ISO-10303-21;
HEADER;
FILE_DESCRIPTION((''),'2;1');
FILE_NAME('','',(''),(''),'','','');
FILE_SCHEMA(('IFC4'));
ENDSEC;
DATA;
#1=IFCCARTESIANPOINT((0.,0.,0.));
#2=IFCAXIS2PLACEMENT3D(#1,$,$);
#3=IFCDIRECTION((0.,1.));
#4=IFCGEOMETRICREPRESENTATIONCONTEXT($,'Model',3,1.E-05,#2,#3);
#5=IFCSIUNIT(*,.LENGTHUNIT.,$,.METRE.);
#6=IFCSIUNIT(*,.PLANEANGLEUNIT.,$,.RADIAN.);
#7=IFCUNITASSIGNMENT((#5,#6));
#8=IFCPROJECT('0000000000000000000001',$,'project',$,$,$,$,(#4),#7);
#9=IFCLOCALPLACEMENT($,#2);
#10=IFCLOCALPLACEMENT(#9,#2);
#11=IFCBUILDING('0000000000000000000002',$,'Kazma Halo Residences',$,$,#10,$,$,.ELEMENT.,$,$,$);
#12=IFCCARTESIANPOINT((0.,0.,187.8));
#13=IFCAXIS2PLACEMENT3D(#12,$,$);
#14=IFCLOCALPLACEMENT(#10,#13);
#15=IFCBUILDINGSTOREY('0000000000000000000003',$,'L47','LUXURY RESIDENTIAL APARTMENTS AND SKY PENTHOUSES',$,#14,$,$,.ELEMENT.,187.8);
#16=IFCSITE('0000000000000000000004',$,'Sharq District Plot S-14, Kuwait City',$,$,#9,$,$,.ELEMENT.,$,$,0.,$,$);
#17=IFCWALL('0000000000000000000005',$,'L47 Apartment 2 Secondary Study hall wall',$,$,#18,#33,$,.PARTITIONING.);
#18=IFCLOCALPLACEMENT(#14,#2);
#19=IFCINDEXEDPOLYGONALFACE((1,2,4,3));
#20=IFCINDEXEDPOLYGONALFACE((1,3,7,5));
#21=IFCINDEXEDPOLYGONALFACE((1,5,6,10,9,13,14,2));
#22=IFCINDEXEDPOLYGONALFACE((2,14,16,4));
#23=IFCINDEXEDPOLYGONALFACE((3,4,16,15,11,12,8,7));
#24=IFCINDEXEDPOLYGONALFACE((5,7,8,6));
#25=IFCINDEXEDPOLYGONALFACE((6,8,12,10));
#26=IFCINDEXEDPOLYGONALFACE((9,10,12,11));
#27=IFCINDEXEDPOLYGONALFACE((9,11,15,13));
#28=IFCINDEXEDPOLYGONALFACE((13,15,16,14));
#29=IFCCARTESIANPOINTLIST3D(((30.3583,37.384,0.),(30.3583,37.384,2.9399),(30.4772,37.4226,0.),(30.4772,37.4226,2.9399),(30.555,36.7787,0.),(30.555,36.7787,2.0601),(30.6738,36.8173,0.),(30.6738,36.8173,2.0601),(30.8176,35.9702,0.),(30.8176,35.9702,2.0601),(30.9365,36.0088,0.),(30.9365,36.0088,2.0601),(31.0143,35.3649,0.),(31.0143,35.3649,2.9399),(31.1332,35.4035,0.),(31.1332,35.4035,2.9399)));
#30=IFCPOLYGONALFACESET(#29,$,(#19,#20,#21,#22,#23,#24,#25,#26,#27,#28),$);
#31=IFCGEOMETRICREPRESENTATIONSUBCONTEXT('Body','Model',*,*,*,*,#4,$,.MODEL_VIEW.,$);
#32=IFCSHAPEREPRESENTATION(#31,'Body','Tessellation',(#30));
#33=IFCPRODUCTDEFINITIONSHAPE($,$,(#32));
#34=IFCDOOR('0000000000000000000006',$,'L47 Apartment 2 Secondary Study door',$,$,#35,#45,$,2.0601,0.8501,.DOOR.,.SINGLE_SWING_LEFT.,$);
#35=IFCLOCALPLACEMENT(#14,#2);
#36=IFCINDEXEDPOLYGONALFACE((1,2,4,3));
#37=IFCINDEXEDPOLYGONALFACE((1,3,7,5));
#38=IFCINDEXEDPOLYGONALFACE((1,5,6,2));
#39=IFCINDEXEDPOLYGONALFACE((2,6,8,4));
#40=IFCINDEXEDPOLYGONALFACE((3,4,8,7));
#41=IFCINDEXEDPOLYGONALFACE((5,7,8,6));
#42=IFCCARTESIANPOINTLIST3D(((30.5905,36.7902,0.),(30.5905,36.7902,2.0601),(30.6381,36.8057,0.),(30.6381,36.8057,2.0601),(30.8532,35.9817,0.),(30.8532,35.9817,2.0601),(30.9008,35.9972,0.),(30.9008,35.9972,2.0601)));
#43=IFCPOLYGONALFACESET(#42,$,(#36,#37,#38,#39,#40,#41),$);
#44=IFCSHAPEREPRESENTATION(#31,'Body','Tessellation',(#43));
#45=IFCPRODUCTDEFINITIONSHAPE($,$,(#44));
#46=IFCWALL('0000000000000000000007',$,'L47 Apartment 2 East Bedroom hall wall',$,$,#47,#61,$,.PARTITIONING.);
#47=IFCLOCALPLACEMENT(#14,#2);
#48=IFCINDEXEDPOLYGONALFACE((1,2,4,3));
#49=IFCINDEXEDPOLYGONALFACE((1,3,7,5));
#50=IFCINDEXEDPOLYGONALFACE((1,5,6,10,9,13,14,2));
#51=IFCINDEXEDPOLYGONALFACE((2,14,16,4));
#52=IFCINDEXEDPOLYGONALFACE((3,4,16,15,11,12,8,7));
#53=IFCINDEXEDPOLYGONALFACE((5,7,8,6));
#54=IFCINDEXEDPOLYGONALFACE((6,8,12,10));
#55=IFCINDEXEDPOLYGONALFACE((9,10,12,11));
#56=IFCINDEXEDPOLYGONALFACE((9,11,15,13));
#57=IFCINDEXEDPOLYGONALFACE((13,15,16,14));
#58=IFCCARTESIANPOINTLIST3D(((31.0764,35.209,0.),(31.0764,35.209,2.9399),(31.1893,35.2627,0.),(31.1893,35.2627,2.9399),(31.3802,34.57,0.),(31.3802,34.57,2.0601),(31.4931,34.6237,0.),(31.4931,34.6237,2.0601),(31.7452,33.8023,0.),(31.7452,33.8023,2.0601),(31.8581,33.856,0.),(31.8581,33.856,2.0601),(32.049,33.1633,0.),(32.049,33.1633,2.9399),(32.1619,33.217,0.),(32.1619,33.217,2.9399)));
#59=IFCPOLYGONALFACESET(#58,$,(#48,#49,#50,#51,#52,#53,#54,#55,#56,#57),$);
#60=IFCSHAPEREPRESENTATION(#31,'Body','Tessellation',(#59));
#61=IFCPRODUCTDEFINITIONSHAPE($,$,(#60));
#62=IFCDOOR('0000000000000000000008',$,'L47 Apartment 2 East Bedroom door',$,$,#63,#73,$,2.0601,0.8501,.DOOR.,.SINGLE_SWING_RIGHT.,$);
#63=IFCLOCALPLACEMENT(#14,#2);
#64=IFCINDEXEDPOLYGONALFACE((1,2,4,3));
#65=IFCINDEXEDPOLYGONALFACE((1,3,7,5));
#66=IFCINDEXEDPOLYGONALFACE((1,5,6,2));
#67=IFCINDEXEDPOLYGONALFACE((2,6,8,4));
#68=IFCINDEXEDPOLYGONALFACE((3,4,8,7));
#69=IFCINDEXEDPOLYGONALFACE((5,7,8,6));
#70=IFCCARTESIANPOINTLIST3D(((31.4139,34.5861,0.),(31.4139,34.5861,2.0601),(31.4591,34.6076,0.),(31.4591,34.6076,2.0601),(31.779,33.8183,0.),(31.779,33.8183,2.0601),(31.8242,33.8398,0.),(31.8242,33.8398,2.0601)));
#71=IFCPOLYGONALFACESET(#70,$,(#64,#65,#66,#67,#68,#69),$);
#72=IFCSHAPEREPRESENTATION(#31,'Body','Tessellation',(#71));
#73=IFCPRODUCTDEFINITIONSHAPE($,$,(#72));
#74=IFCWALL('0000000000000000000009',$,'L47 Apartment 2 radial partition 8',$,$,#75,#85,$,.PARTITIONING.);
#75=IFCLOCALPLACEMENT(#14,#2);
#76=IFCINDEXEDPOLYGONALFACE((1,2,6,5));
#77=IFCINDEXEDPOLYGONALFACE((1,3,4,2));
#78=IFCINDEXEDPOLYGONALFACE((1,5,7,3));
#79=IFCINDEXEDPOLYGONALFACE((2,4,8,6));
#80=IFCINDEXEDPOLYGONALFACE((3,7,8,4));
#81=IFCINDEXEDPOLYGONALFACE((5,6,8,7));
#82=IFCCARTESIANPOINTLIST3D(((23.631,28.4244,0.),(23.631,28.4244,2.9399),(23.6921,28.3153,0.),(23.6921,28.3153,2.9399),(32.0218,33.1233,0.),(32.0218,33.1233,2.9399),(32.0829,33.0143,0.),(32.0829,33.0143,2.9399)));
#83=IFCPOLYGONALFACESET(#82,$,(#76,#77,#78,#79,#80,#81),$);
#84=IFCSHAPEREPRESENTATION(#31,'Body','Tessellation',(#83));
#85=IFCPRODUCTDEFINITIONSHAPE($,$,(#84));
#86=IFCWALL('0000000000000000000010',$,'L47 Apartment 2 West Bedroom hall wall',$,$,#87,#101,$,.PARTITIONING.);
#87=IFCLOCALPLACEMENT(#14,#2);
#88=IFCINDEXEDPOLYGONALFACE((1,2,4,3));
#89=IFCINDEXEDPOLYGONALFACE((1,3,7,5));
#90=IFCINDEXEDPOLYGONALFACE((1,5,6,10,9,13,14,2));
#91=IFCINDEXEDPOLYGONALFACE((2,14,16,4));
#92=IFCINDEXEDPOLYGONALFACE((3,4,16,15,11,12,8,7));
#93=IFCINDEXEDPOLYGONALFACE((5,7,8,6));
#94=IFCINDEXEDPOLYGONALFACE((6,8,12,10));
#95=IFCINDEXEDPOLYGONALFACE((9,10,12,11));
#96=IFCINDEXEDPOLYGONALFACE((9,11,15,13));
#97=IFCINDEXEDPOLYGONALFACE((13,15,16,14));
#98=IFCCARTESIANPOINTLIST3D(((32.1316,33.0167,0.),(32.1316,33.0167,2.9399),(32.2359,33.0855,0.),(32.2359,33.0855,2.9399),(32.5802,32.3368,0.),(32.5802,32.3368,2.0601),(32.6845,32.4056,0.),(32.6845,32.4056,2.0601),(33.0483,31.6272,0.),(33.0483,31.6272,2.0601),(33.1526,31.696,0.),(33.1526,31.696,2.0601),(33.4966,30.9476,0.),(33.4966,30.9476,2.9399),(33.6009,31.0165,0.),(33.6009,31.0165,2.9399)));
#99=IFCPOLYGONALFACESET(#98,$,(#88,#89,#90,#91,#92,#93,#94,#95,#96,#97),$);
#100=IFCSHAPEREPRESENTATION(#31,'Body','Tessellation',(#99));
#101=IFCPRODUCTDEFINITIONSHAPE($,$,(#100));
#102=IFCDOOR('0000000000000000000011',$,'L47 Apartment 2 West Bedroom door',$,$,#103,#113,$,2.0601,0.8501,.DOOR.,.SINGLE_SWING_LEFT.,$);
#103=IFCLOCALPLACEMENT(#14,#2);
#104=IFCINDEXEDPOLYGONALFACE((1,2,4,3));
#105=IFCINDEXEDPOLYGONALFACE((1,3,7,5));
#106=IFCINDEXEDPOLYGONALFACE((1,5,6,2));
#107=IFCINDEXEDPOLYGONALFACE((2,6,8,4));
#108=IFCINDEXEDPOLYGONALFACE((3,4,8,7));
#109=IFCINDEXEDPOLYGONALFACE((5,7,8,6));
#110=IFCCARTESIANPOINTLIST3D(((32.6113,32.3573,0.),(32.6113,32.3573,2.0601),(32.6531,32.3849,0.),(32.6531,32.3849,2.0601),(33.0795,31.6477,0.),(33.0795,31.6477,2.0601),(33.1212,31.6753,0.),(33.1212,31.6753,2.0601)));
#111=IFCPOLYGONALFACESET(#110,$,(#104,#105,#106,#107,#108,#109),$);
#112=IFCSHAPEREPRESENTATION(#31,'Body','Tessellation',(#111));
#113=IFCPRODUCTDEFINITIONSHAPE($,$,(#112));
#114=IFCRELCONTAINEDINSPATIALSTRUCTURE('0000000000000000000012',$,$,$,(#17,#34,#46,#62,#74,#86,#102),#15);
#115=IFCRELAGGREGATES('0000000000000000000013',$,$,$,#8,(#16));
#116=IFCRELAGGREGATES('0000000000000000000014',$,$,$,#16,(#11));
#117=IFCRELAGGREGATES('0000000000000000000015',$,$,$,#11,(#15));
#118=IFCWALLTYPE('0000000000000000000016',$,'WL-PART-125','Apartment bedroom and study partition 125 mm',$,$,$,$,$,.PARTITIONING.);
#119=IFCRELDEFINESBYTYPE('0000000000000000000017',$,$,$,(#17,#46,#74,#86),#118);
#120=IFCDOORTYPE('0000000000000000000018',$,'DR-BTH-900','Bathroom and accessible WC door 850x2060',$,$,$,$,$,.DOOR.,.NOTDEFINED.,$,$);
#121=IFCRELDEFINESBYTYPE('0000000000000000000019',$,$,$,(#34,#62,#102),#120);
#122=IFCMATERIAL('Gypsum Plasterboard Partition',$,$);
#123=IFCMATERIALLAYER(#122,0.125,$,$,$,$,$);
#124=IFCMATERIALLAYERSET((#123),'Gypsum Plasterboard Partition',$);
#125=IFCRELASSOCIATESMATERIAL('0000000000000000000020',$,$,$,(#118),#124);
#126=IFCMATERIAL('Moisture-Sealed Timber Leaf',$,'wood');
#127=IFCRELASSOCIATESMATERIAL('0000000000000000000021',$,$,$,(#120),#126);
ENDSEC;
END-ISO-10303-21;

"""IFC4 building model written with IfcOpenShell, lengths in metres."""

from ifc_helpers import new_model, si_unit, direction, frame, frame_2d, origin, place, context, subcontext, project, spatial, rectangle, extrude, material, layer, layer_set, type_object, element, fill, save


model = new_model("IFC4")

# Units and contexts
model_context = context("Model", 3, precision=1e-05, world=origin(), true_north=direction((0.0, 1.0)))
body_context = subcontext(model_context, "Body", "Model", "MODEL_VIEW")
ifc_project = project(units=[si_unit("LENGTHUNIT", "METRE"), si_unit("PLANEANGLEUNIT", "RADIAN")], contexts=[model_context])

# Site, building, storey
site_placement = place(None, origin())
site = spatial("IfcSite", under=ifc_project, at=site_placement, Name="Sharq District Plot S-14, Kuwait City", CompositionType="ELEMENT", RefElevation=0.0)
building_placement = place(site_placement, origin())
building = spatial("IfcBuilding", under=site, at=building_placement, Name="Kazma Halo Residences", CompositionType="ELEMENT")
storey_placement = place(building_placement, frame((0.0, 0.0, 187.8)))
storey = spatial("IfcBuildingStorey", under=building, at=storey_placement, Name="L47", Description="LUXURY RESIDENTIAL APARTMENTS AND SKY PENTHOUSES", CompositionType="ELEMENT", Elevation=187.8)

# Shared definitions
ifc_material_1 = material(Name="Gypsum Plasterboard Partition")
ifc_layer_1 = layer(ifc_material_1, 0.125)
ifc_layer_set_1 = layer_set([ifc_layer_1], Name="Gypsum Plasterboard Partition")
wall_type_1 = type_object("IfcWallType", Name="WL-PART-125", Description="Apartment bedroom and study partition 125 mm", PredefinedType="PARTITIONING", material=ifc_layer_set_1)

# Walls, openings, doors
ifc_material_2 = material(Name="Moisture-Sealed Timber Leaf", Category="wood")
door_type = type_object("IfcDoorType", Name="DR-BTH-900", Description="Bathroom and accessible WC door 850x2060", OperationType="NOTDEFINED", PredefinedType="DOOR", material=ifc_material_2)
wall_1_placement = place(storey_placement, frame((30.4177, 37.4033, 0.0), z_axis=(0.0, 0.0, 1.0), x_axis=(0.309008, -0.951059, 0.0)))
wall_1 = element("IfcWall", 1, at=wall_1_placement, inside=storey, type_object=wall_type_1, Name="L47 Apartment 2 Secondary Study hall wall", PredefinedType="PARTITIONING", context=body_context, shape_type="SweptSolid", body=[
    extrude(rectangle(XDim=2.123, YDim=0.125, at=frame_2d((1.0615, 0.0))), origin(), (0.0, 0.0, 1.0), 2.9399),
])
opening_1_placement = place(wall_1_placement, frame((0.6365, 0.0, 0.0)))
opening_1 = element("IfcOpeningElement", 2, at=opening_1_placement, cuts=wall_1, PredefinedType="OPENING", context=body_context, shape_type="SweptSolid", body=[
    extrude(rectangle(XDim=0.8501, YDim=2.0601, at=frame_2d((0.425, 1.03))), frame((0.0, 0.0725, 0.0), z_axis=(0.0, -1.0, 0.0), x_axis=(1.0, 0.0, 0.0)), (0.0, 0.0, 1.0), 0.145),
])
door_1_placement = place(opening_1_placement, origin())
door_1 = element("IfcDoor", 3, at=door_1_placement, inside=storey, type_object=door_type, Name="L47 Apartment 2 Secondary Study door", OperationType="SINGLE_SWING_LEFT", OverallHeight=2.0601, OverallWidth=0.8501, PredefinedType="DOOR", context=body_context, shape_type="SweptSolid", body=[
    extrude(rectangle(XDim=0.8501, YDim=2.0601, at=frame_2d((0.425, 1.03))), frame((0.0, 0.0249, 0.0), z_axis=(0.0, -1.0, 0.0), x_axis=(1.0, 0.0, 0.0)), (0.0, 0.0, 1.0), 0.05),
])
fill(opening_1, door_1)
wall_2_placement = place(storey_placement, frame((31.1328, 35.2358, 0.0), z_axis=(0.0, 0.0, 1.0), x_axis=(0.429406, -0.903111, 0.0)))
wall_2 = element("IfcWall", 4, at=wall_2_placement, inside=storey, type_object=wall_type_1, Name="L47 Apartment 2 East Bedroom hall wall", PredefinedType="PARTITIONING", context=body_context, shape_type="SweptSolid", body=[
    extrude(rectangle(XDim=2.2651, YDim=0.125, at=frame_2d((1.1326, 0.0))), origin(), (0.0, 0.0, 1.0), 2.9399),
])
opening_2_placement = place(wall_2_placement, frame((0.7075, 0.0, 0.0)))
opening_2 = element("IfcOpeningElement", 5, at=opening_2_placement, cuts=wall_2, PredefinedType="OPENING", context=body_context, shape_type="SweptSolid", body=[
    extrude(rectangle(XDim=0.8501, YDim=2.0601, at=frame_2d((0.425, 1.03))), frame((0.0, 0.0725, 0.0), z_axis=(0.0, -1.0, 0.0), x_axis=(1.0, 0.0, 0.0)), (0.0, 0.0, 1.0), 0.145),
])
door_2_placement = place(opening_2_placement, origin())
door_2 = element("IfcDoor", 6, at=door_2_placement, inside=storey, type_object=door_type, Name="L47 Apartment 2 East Bedroom door", OperationType="SINGLE_SWING_RIGHT", OverallHeight=2.0601, OverallWidth=0.8501, PredefinedType="DOOR", context=body_context, shape_type="SweptSolid", body=[
    extrude(rectangle(XDim=0.8501, YDim=2.0601, at=frame_2d((0.425, 1.03))), frame((0.0, 0.0249, 0.0), z_axis=(0.0, -1.0, 0.0), x_axis=(1.0, 0.0, 0.0)), (0.0, 0.0, 1.0), 0.05),
])
fill(opening_2, door_2)

# Wall
wall_3_placement = place(storey_placement, frame((32.0525, 33.0688, 0.0), z_axis=(0.0, 0.0, 1.0), x_axis=(-0.872502, -0.48861, 0.0)))
element("IfcWall", 7, at=wall_3_placement, inside=storey, type_object=wall_type_1, Name="L47 Apartment 2 radial partition 8", PredefinedType="PARTITIONING", context=body_context, shape_type="SweptSolid", body=[
    extrude(rectangle(XDim=9.6169, YDim=0.125, at=frame_2d((4.8086, 0.0))), origin(), (0.0, 0.0, 1.0), 2.9399),
])

# Wall, opening, door
wall_4_placement = place(storey_placement, frame((32.1838, 33.051, 0.0), z_axis=(0.0, 0.0, 1.0), x_axis=(0.550671, -0.834723, 0.0)))
wall_4 = element("IfcWall", 8, at=wall_4_placement, inside=storey, type_object=wall_type_1, Name="L47 Apartment 2 West Bedroom hall wall", PredefinedType="PARTITIONING", context=body_context, shape_type="SweptSolid", body=[
    extrude(rectangle(XDim=2.4788, YDim=0.125, at=frame_2d((1.2393, 0.0))), origin(), (0.0, 0.0, 1.0), 2.9399),
])
opening_3_placement = place(wall_4_placement, frame((0.8145, 0.0, 0.0)))
opening_3 = element("IfcOpeningElement", 9, at=opening_3_placement, cuts=wall_4, PredefinedType="OPENING", context=body_context, shape_type="SweptSolid", body=[
    extrude(rectangle(XDim=0.8501, YDim=2.0601, at=frame_2d((0.425, 1.03))), frame((0.0, 0.0725, 0.0), z_axis=(0.0, -1.0, 0.0), x_axis=(1.0, 0.0, 0.0)), (0.0, 0.0, 1.0), 0.145),
])
door_3_placement = place(opening_3_placement, origin())
door_3 = element("IfcDoor", 10, at=door_3_placement, inside=storey, type_object=door_type, Name="L47 Apartment 2 West Bedroom door", OperationType="SINGLE_SWING_LEFT", OverallHeight=2.0601, OverallWidth=0.8501, PredefinedType="DOOR", context=body_context, shape_type="SweptSolid", body=[
    extrude(rectangle(XDim=0.8501, YDim=2.0601, at=frame_2d((0.425, 1.03))), frame((0.0, 0.0249, 0.0), z_axis=(0.0, -1.0, 0.0), x_axis=(1.0, 0.0, 0.0)), (0.0, 0.0, 1.0), 0.05),
])
fill(opening_3, door_3)

save(model, "model.ifc")
